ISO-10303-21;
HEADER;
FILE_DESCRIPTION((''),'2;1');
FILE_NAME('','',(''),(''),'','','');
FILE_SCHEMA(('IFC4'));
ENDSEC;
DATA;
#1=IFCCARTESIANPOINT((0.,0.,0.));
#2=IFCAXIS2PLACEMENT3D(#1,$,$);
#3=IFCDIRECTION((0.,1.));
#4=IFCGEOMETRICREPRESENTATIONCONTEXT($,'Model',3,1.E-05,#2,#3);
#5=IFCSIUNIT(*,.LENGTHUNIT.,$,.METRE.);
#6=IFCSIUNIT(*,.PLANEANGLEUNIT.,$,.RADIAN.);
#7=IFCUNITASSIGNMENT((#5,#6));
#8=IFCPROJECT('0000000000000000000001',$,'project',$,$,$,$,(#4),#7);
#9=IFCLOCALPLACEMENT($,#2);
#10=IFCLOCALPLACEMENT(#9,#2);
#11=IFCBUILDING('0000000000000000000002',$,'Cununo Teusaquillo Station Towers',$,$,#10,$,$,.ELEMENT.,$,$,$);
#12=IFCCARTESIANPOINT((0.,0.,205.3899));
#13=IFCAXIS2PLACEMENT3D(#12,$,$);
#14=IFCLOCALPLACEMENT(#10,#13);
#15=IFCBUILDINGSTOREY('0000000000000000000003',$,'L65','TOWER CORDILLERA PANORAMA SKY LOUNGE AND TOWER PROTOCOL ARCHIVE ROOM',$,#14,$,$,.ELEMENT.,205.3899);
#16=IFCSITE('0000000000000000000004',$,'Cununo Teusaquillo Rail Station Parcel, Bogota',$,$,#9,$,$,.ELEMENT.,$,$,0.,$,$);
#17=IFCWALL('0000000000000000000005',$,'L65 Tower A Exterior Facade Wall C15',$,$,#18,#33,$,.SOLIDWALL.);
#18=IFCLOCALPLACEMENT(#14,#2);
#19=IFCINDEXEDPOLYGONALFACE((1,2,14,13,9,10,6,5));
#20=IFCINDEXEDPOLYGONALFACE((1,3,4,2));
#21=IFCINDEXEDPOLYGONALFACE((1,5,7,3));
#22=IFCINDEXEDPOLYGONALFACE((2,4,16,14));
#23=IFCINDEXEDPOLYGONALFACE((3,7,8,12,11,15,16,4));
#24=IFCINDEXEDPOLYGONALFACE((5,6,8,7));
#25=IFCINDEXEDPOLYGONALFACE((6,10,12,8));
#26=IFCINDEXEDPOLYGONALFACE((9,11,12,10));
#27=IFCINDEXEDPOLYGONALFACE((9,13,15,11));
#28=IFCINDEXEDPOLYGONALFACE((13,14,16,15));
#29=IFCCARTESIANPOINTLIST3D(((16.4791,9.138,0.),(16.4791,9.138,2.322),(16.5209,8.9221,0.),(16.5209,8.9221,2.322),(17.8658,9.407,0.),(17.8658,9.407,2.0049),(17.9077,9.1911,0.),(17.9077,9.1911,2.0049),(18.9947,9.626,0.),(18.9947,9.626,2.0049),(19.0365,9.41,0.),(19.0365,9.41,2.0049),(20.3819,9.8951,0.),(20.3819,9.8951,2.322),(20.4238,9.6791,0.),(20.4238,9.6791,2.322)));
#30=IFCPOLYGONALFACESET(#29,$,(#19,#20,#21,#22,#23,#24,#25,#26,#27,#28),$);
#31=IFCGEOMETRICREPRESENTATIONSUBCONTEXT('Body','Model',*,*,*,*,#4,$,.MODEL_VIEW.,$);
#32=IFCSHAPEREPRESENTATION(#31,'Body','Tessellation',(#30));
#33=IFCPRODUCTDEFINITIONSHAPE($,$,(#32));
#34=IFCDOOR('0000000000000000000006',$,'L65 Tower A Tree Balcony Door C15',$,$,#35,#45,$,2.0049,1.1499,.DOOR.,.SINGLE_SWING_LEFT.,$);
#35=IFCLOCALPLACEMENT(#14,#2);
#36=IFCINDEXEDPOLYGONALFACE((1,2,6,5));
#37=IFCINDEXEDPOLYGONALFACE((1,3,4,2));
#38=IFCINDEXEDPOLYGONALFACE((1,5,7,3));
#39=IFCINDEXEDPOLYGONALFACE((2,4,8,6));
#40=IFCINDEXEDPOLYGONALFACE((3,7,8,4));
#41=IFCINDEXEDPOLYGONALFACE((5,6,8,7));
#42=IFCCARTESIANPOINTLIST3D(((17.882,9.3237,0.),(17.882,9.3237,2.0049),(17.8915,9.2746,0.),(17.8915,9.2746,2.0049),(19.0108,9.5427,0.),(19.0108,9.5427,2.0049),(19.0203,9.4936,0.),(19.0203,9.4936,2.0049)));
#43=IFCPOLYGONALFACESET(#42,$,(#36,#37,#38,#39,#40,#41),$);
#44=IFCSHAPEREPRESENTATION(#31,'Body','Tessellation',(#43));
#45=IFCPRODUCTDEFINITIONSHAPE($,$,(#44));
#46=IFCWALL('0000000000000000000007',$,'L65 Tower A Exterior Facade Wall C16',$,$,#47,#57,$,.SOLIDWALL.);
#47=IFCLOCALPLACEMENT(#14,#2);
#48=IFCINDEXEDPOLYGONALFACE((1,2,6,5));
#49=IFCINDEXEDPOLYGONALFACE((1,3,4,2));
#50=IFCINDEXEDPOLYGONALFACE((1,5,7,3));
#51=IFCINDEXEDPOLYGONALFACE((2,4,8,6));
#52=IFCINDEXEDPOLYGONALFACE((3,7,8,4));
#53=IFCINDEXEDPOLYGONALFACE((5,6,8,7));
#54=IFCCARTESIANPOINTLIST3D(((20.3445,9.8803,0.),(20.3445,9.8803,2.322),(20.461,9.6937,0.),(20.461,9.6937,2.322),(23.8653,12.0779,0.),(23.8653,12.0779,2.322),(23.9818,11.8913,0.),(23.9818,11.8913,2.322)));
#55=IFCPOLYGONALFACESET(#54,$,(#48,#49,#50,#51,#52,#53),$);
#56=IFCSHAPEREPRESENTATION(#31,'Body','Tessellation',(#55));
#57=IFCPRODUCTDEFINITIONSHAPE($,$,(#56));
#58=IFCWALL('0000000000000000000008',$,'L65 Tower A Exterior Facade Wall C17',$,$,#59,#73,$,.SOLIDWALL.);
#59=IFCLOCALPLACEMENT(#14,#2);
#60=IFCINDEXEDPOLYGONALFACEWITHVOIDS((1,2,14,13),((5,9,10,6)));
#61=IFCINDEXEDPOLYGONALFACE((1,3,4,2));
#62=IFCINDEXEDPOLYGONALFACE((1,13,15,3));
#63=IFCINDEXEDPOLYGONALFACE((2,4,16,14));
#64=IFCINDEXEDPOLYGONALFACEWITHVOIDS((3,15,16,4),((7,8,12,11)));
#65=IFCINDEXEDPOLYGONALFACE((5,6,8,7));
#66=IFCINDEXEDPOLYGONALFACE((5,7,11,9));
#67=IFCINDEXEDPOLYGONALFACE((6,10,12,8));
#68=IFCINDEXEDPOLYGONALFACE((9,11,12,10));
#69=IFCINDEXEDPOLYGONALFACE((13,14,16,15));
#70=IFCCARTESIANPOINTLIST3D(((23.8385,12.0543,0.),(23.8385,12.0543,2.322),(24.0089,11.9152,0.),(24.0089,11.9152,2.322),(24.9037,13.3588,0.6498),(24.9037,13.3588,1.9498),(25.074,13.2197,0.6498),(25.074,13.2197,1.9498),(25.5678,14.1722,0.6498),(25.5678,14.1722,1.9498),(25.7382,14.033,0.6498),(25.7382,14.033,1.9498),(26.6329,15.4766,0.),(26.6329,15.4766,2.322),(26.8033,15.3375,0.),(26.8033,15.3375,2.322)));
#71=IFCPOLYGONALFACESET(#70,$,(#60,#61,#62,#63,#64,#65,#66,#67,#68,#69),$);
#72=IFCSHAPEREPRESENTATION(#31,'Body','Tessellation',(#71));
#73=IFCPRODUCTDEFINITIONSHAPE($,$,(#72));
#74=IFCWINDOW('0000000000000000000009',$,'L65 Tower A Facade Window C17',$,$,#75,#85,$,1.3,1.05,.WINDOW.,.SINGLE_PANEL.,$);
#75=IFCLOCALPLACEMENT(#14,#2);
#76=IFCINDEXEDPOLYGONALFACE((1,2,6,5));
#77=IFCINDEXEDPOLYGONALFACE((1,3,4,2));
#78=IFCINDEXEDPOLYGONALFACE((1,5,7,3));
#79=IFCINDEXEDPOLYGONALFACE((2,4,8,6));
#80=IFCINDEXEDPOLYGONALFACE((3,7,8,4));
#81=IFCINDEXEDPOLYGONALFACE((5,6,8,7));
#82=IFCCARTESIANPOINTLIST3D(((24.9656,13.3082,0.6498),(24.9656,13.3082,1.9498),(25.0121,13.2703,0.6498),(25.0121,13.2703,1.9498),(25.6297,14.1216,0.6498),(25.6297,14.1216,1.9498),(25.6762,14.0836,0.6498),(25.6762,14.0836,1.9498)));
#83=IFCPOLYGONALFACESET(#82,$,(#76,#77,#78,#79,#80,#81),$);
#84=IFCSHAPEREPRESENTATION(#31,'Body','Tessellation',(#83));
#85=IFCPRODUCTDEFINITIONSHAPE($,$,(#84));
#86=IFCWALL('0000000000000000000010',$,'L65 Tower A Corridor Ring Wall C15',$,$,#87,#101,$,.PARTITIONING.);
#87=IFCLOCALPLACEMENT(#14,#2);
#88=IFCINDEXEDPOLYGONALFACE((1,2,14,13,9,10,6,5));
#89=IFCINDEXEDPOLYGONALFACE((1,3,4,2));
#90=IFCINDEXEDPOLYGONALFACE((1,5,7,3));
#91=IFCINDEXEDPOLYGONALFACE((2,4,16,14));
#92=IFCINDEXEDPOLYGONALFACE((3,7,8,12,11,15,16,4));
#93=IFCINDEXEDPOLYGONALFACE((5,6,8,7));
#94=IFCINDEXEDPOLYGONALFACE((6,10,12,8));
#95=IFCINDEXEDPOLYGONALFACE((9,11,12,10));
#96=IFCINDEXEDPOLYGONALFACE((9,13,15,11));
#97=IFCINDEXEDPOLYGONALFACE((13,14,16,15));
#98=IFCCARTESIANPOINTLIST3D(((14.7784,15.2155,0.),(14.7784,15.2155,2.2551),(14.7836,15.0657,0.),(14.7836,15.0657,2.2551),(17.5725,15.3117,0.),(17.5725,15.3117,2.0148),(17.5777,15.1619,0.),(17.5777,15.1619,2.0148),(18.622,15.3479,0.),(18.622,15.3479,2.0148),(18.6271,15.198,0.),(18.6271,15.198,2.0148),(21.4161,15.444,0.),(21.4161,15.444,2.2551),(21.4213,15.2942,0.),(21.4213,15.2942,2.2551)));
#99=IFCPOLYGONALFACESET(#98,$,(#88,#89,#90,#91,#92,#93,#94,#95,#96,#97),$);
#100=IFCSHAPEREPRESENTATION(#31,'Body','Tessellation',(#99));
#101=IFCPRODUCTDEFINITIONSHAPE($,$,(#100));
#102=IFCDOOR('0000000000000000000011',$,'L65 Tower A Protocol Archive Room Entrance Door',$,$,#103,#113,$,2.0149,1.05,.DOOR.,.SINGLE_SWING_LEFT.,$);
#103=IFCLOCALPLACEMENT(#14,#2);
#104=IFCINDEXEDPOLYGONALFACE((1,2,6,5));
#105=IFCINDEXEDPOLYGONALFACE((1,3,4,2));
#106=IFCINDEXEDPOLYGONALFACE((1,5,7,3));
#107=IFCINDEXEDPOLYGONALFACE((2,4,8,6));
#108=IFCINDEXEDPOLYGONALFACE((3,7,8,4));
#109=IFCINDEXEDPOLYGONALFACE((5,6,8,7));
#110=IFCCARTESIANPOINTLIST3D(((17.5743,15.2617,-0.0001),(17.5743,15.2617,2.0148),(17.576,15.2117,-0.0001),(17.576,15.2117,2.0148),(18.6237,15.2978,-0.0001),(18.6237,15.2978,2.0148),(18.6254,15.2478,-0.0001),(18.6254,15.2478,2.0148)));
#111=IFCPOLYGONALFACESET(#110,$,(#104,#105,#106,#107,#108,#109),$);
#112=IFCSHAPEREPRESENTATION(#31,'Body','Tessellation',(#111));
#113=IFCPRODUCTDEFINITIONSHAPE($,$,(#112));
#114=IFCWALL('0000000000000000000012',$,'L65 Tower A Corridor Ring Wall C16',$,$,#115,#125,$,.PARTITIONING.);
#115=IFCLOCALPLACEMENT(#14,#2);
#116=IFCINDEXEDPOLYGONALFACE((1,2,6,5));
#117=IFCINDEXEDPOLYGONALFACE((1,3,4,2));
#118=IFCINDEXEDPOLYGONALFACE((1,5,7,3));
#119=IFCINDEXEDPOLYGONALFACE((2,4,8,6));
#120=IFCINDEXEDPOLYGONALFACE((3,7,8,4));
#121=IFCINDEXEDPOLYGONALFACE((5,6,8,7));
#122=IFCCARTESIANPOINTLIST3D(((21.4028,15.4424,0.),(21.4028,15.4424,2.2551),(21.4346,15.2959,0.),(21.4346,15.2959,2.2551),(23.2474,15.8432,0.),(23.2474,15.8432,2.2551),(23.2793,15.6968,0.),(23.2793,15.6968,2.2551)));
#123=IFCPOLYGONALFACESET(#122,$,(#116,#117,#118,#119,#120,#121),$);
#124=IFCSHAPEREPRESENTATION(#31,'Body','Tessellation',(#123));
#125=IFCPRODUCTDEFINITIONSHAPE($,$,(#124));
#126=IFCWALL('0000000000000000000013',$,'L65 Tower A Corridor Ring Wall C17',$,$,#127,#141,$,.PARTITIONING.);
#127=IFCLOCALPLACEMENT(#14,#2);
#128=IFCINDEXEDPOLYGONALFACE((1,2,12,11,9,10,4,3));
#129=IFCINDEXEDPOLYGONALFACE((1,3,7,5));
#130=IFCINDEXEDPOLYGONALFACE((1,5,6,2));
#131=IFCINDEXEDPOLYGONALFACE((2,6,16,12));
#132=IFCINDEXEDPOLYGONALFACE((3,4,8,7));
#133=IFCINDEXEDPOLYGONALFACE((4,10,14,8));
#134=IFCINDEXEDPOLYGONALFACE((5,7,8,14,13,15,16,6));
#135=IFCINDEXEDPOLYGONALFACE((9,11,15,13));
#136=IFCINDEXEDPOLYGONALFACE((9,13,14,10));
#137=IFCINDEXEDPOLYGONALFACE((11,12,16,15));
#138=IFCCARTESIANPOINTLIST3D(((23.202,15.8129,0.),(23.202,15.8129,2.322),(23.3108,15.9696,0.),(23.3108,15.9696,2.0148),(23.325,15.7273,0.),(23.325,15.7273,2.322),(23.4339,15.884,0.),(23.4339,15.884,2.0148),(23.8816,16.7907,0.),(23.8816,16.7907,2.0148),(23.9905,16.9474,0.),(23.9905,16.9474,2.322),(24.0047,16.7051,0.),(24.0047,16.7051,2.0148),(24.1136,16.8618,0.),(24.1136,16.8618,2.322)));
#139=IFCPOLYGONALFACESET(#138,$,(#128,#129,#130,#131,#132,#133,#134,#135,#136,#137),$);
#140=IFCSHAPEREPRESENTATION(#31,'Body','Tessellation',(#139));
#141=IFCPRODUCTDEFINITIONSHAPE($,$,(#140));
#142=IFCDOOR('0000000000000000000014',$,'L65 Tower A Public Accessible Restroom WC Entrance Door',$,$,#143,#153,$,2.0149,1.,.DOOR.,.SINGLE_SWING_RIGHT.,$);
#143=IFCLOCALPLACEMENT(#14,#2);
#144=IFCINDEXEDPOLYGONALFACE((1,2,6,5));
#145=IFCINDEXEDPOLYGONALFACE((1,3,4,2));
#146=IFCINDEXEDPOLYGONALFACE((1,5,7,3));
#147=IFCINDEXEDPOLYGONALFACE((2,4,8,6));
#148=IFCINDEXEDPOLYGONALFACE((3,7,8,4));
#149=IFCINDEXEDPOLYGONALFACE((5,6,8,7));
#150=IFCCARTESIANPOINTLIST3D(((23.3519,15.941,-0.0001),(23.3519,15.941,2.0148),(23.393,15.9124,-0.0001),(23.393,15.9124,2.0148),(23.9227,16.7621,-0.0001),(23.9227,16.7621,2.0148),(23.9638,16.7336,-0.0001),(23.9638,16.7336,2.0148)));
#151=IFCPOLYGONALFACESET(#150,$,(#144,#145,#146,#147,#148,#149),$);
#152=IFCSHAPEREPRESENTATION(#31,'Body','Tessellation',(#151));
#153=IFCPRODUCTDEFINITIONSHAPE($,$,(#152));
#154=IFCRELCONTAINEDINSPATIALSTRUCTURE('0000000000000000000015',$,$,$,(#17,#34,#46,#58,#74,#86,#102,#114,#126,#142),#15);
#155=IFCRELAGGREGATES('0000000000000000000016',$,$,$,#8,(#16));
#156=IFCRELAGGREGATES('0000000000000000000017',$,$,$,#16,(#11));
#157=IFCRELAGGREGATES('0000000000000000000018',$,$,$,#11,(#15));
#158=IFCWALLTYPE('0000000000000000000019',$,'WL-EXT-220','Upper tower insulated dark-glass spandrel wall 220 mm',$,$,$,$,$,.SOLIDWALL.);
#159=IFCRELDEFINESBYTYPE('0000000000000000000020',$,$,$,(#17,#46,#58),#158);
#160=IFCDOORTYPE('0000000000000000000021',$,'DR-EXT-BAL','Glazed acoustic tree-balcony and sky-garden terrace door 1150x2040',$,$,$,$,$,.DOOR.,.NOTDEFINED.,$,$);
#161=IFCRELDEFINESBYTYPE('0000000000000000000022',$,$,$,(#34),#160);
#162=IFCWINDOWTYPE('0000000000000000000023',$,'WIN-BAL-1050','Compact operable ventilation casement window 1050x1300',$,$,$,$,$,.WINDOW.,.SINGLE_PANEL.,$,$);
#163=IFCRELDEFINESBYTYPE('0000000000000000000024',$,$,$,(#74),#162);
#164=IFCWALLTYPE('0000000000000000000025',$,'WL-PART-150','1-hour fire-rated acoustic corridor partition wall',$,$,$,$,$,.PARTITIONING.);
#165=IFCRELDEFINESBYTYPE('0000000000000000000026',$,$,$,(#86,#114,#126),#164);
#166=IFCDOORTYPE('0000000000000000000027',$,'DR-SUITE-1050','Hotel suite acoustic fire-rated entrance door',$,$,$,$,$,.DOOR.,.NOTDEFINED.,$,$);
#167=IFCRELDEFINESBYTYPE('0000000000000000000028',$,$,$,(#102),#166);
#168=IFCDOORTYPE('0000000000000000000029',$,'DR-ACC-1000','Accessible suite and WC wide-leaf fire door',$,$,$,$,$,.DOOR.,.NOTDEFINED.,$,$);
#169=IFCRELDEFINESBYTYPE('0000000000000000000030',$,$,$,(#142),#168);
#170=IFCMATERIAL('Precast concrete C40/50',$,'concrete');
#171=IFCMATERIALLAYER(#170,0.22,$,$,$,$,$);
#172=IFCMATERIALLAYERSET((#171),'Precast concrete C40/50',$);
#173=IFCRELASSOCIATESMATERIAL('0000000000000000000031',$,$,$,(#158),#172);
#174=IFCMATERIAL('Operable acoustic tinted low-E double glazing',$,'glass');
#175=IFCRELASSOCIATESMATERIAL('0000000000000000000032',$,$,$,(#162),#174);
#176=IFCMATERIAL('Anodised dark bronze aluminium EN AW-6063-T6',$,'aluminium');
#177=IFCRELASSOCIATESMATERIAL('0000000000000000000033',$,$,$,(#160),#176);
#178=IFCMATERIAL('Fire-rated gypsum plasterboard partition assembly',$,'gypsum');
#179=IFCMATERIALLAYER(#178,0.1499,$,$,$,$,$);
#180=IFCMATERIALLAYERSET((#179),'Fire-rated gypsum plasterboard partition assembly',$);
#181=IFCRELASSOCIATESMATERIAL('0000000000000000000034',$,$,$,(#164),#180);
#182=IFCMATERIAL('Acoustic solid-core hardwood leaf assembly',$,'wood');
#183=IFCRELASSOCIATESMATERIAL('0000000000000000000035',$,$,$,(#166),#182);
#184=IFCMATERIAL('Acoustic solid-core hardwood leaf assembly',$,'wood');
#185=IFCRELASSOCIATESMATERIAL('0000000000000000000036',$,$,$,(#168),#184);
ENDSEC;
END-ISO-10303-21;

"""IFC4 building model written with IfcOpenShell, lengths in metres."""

from ifc_helpers import new_model, si_unit, direction, frame, frame_2d, origin, place, context, subcontext, project, spatial, rectangle, extrude, source, transform, mapped, material, layer, layer_set, type_object, element, fill, save


model = new_model("IFC4")

# Units and contexts
model_context = context("Model", 3, precision=1e-05, world=origin(), true_north=direction((0.0, 1.0)))
body_context = subcontext(model_context, "Body", "Model", "MODEL_VIEW")
ifc_project = project(units=[si_unit("LENGTHUNIT", "METRE"), si_unit("PLANEANGLEUNIT", "RADIAN")], contexts=[model_context])

# Site, building, storey
site_placement = place(None, origin())
site = spatial("IfcSite", under=ifc_project, at=site_placement, Name="Cununo Teusaquillo Rail Station Parcel, Bogota", CompositionType="ELEMENT", RefElevation=0.0)
building_placement = place(site_placement, origin())
building = spatial("IfcBuilding", under=site, at=building_placement, Name="Cununo Teusaquillo Station Towers", CompositionType="ELEMENT")
storey_placement = place(building_placement, frame((0.0, 0.0, 205.3899)))
storey = spatial("IfcBuildingStorey", under=building, at=storey_placement, Name="L65", Description="TOWER CORDILLERA PANORAMA SKY LOUNGE AND TOWER PROTOCOL ARCHIVE ROOM", CompositionType="ELEMENT", Elevation=205.3899)

# Shared definitions
ifc_material_1 = material(Name="Precast concrete C40/50", Category="concrete")
ifc_layer_1 = layer(ifc_material_1, 0.22)
ifc_layer_set_1 = layer_set([ifc_layer_1], Name="Precast concrete C40/50")
wall_type_1 = type_object("IfcWallType", Name="WL-EXT-220", Description="Upper tower insulated dark-glass spandrel wall 220 mm", PredefinedType="SOLIDWALL", material=ifc_layer_set_1)
shared_shape_1 = source(origin(), body_context, "Body", "SweptSolid", [
    extrude(rectangle(XDim=1.05, YDim=1.3, at=frame_2d((0.5249, 0.6499))), frame((0.0, 0.1199, 0.0), z_axis=(0.0, -1.0, 0.0), x_axis=(1.0, 0.0, 0.0)), (0.0, 0.0, 1.0), 0.24),
])
ifc_material_2 = material(Name="Operable acoustic tinted low-E double glazing", Category="glass")
window_type = type_object("IfcWindowType", Name="WIN-BAL-1050", Description="Compact operable ventilation casement window 1050x1300", PartitioningType="SINGLE_PANEL", PredefinedType="WINDOW", material=ifc_material_2)
shared_shape_2 = source(origin(), body_context, "Body", "SweptSolid", [
    extrude(rectangle(XDim=1.05, YDim=1.3, at=frame_2d((0.5249, 0.6499))), frame((0.0, 0.03, 0.0), z_axis=(0.0, -1.0, 0.0), x_axis=(1.0, 0.0, 0.0)), (0.0, 0.0, 1.0), 0.0601),
])

# Wall, opening, door
wall_1_placement = place(storey_placement, frame((20.4028, 9.7871, 0.0), z_axis=(0.0, 0.0, 1.0), x_axis=(-0.9817, -0.190432, 0.0)))
wall_1 = element("IfcWall", 1, at=wall_1_placement, inside=storey, type_object=wall_type_1, Name="L65 Tower A Exterior Facade Wall C15", PredefinedType="SOLIDWALL", context=body_context, shape_type="SweptSolid", body=[
    extrude(rectangle(XDim=3.9756, YDim=0.22, at=frame_2d((1.9878, 0.0))), origin(), (0.0, 0.0, 1.0), 2.322),
])
shared_shape_3 = source(origin(), body_context, "Body", "SweptSolid", [
    extrude(rectangle(XDim=1.1499, YDim=2.0049, at=frame_2d((0.575, 1.0024))), frame((0.0, 0.1199, 0.0), z_axis=(0.0, -1.0, 0.0), x_axis=(1.0, 0.0, 0.0)), (0.0, 0.0, 1.0), 0.24),
])
opening_1_placement = place(wall_1_placement, frame((1.4131, 0.0, 0.0)))
opening_1 = element("IfcOpeningElement", 2, at=opening_1_placement, cuts=wall_1, PredefinedType="OPENING", context=body_context, shape_type="MappedRepresentation", body=[
    mapped(shared_shape_3, transform((0.0, 0.0, 0.0), x_axis=(1.0, 0.0, 0.0), y_axis=(0.0, 1.0, 0.0), z_axis=(0.0, 0.0, 1.0), scale=1.0)),
])
ifc_material_3 = material(Name="Anodised dark bronze aluminium EN AW-6063-T6", Category="aluminium")
door_type_1 = type_object("IfcDoorType", Name="DR-EXT-BAL", Description="Glazed acoustic tree-balcony and sky-garden terrace door 1150x2040", OperationType="NOTDEFINED", PredefinedType="DOOR", material=ifc_material_3)
shared_shape_4 = source(origin(), body_context, "Body", "SweptSolid", [
    extrude(rectangle(XDim=1.1499, YDim=2.0049, at=frame_2d((0.575, 1.0024))), frame((0.0, 0.0249, 0.0), z_axis=(0.0, -1.0, 0.0), x_axis=(1.0, 0.0, 0.0)), (0.0, 0.0, 1.0), 0.05),
])
door_1_placement = place(opening_1_placement, origin())
door_1 = element("IfcDoor", 3, at=door_1_placement, inside=storey, type_object=door_type_1, Name="L65 Tower A Tree Balcony Door C15", OperationType="SINGLE_SWING_LEFT", OverallHeight=2.0049, OverallWidth=1.1499, PredefinedType="DOOR", context=body_context, shape_type="MappedRepresentation", body=[
    mapped(shared_shape_4, transform((0.0, 0.0, 0.0), x_axis=(1.0, 0.0, 0.0), y_axis=(0.0, 1.0, 0.0), z_axis=(0.0, 0.0, 1.0), scale=1.0)),
])
fill(opening_1, door_1)

# Wall
wall_2_placement = place(storey_placement, frame((23.9236, 11.9846, 0.0), z_axis=(0.0, 0.0, 1.0), x_axis=(-0.848319, -0.529486, 0.0)))
element("IfcWall", 4, at=wall_2_placement, inside=storey, type_object=wall_type_1, Name="L65 Tower A Exterior Facade Wall C16", PredefinedType="SOLIDWALL", context=body_context, shape_type="SweptSolid", body=[
    extrude(rectangle(XDim=4.1504, YDim=0.22, at=frame_2d((2.0752, 0.0))), origin(), (0.0, 0.0, 1.0), 2.322),
])

# Wall, opening, window
wall_3_placement = place(storey_placement, frame((26.718, 15.407, 0.0), z_axis=(0.0, 0.0, 1.0), x_axis=(-0.632467, -0.774587, 0.0)))
wall_3 = element("IfcWall", 5, at=wall_3_placement, inside=storey, type_object=wall_type_1, Name="L65 Tower A Exterior Facade Wall C17", PredefinedType="SOLIDWALL", context=body_context, shape_type="SweptSolid", body=[
    extrude(rectangle(XDim=4.4182, YDim=0.22, at=frame_2d((2.209, 0.0))), origin(), (0.0, 0.0, 1.0), 2.322),
])
opening_2_placement = place(wall_3_placement, frame((1.6841, 0.0, 0.6499)))
opening_2 = element("IfcOpeningElement", 6, at=opening_2_placement, cuts=wall_3, PredefinedType="OPENING", context=body_context, shape_type="MappedRepresentation", body=[
    mapped(shared_shape_1, transform((0.0, 0.0, 0.0), x_axis=(1.0, 0.0, 0.0), y_axis=(0.0, 1.0, 0.0), z_axis=(0.0, 0.0, 1.0), scale=1.0)),
])
window_1_placement = place(opening_2_placement, origin())
window_1 = element("IfcWindow", 7, at=window_1_placement, inside=storey, type_object=window_type, Name="L65 Tower A Facade Window C17", OverallHeight=1.3, OverallWidth=1.05, PartitioningType="SINGLE_PANEL", PredefinedType="WINDOW", context=body_context, shape_type="MappedRepresentation", body=[
    mapped(shared_shape_2, transform((0.0, 0.0, 0.0), x_axis=(1.0, 0.0, 0.0), y_axis=(0.0, 1.0, 0.0), z_axis=(0.0, 0.0, 1.0), scale=1.0)),
])
fill(opening_2, window_1)

# Wall, opening, door
ifc_material_4 = material(Name="Fire-rated gypsum plasterboard partition assembly", Category="gypsum")
ifc_layer_2 = layer(ifc_material_4, 0.1499)
ifc_layer_set_2 = layer_set([ifc_layer_2], Name="Fire-rated gypsum plasterboard partition assembly")
wall_type_2 = type_object("IfcWallType", Name="WL-PART-150", Description="1-hour fire-rated acoustic corridor partition wall", PredefinedType="PARTITIONING", material=ifc_layer_set_2)
wall_4_placement = place(storey_placement, frame((14.781, 15.1406, 0.0), z_axis=(0.0, 0.0, 1.0), x_axis=(0.999408, 0.034407, 0.0)))
wall_4 = element("IfcWall", 8, at=wall_4_placement, inside=storey, type_object=wall_type_2, Name="L65 Tower A Corridor Ring Wall C15", PredefinedType="PARTITIONING", context=body_context, shape_type="SweptSolid", body=[
    extrude(rectangle(XDim=6.6416, YDim=0.1499, at=frame_2d((3.3208, 0.0))), origin(), (0.0, 0.0, 1.0), 2.2551),
])
shared_shape_5 = source(origin(), body_context, "Body", "SweptSolid", [
    extrude(rectangle(XDim=1.05, YDim=2.0149, at=frame_2d((0.5249, 1.0073))), frame((0.0, 0.085, 0.0), z_axis=(0.0, -1.0, 0.0), x_axis=(1.0, 0.0, 0.0)), (0.0, 0.0, 1.0), 0.1699),
])
opening_3_placement = place(wall_4_placement, frame((2.7959, 0.0, 0.0)))
opening_3 = element("IfcOpeningElement", 9, at=opening_3_placement, cuts=wall_4, PredefinedType="OPENING", context=body_context, shape_type="MappedRepresentation", body=[
    mapped(shared_shape_5, transform((0.0, 0.0, 0.0), x_axis=(1.0, 0.0, 0.0), y_axis=(0.0, 1.0, 0.0), z_axis=(0.0, 0.0, 1.0), scale=1.0)),
])
ifc_material_5 = material(Name="Acoustic solid-core hardwood leaf assembly", Category="wood")
door_type_2 = type_object("IfcDoorType", Name="DR-SUITE-1050", Description="Hotel suite acoustic fire-rated entrance door", OperationType="NOTDEFINED", PredefinedType="DOOR", material=ifc_material_5)
shared_shape_6 = source(origin(), body_context, "Body", "SweptSolid", [
    extrude(rectangle(XDim=1.05, YDim=2.0149, at=frame_2d((0.5249, 1.0073))), frame((0.0, 0.0249, 0.0), z_axis=(0.0, -1.0, 0.0), x_axis=(1.0, 0.0, 0.0)), (0.0, 0.0, 1.0), 0.05),
])
door_2_placement = place(opening_3_placement, origin())
door_2 = element("IfcDoor", 10, at=door_2_placement, inside=storey, type_object=door_type_2, Name="L65 Tower A Protocol Archive Room Entrance Door", OperationType="SINGLE_SWING_LEFT", OverallHeight=2.0149, OverallWidth=1.05, PredefinedType="DOOR", context=body_context, shape_type="MappedRepresentation", body=[
    mapped(shared_shape_6, transform((0.0, 0.0, 0.0), x_axis=(1.0, 0.0, 0.0), y_axis=(0.0, 1.0, 0.0), z_axis=(0.0, 0.0, 1.0), scale=1.0)),
])
fill(opening_3, door_2)

# Wall
wall_5_placement = place(storey_placement, frame((21.4187, 15.3691, 0.0), z_axis=(0.0, 0.0, 1.0), x_axis=(0.977193, 0.212354, 0.0)))
element("IfcWall", 11, at=wall_5_placement, inside=storey, type_object=wall_type_2, Name="L65 Tower A Corridor Ring Wall C16", PredefinedType="PARTITIONING", context=body_context, shape_type="SweptSolid", body=[
    extrude(rectangle(XDim=1.8877, YDim=0.1499, at=frame_2d((0.9438, 0.0))), origin(), (0.0, 0.0, 1.0), 2.2551),
])

# Wall, opening, door
wall_6_placement = place(storey_placement, frame((23.2634, 15.77, 0.0), z_axis=(0.0, 0.0, 1.0), x_axis=(0.570743, 0.821128, 0.0)))
wall_6 = element("IfcWall", 12, at=wall_6_placement, inside=storey, type_object=wall_type_2, Name="L65 Tower A Corridor Ring Wall C17", PredefinedType="PARTITIONING", context=body_context, shape_type="SweptSolid", body=[
    extrude(rectangle(XDim=1.3816, YDim=0.1499, at=frame_2d((0.6909, 0.0))), origin(), (0.0, 0.0, 1.0), 2.322),
])
shared_shape_7 = source(origin(), body_context, "Body", "SweptSolid", [
    extrude(rectangle(XDim=1.0, YDim=2.0149, at=frame_2d((0.5, 1.0073))), frame((0.0, 0.085, 0.0), z_axis=(0.0, -1.0, 0.0), x_axis=(1.0, 0.0, 0.0)), (0.0, 0.0, 1.0), 0.1699),
])
opening_4_placement = place(wall_6_placement, frame((0.1909, 0.0, 0.0)))
opening_4 = element("IfcOpeningElement", 13, at=opening_4_placement, cuts=wall_6, PredefinedType="OPENING", context=body_context, shape_type="MappedRepresentation", body=[
    mapped(shared_shape_7, transform((0.0, 0.0, 0.0), x_axis=(1.0, 0.0, 0.0), y_axis=(0.0, 1.0, 0.0), z_axis=(0.0, 0.0, 1.0), scale=1.0)),
])
ifc_material_6 = material(Name="Acoustic solid-core hardwood leaf assembly", Category="wood")
door_type_3 = type_object("IfcDoorType", Name="DR-ACC-1000", Description="Accessible suite and WC wide-leaf fire door", OperationType="NOTDEFINED", PredefinedType="DOOR", material=ifc_material_6)
shared_shape_8 = source(origin(), body_context, "Body", "SweptSolid", [
    extrude(rectangle(XDim=1.0, YDim=2.0149, at=frame_2d((0.5, 1.0073))), frame((0.0, 0.0249, 0.0), z_axis=(0.0, -1.0, 0.0), x_axis=(1.0, 0.0, 0.0)), (0.0, 0.0, 1.0), 0.05),
])
door_3_placement = place(opening_4_placement, origin())
door_3 = element("IfcDoor", 14, at=door_3_placement, inside=storey, type_object=door_type_3, Name="L65 Tower A Public Accessible Restroom WC Entrance Door", OperationType="SINGLE_SWING_RIGHT", OverallHeight=2.0149, OverallWidth=1.0, PredefinedType="DOOR", context=body_context, shape_type="MappedRepresentation", body=[
    mapped(shared_shape_8, transform((0.0, 0.0, 0.0), x_axis=(1.0, 0.0, 0.0), y_axis=(0.0, 1.0, 0.0), z_axis=(0.0, 0.0, 1.0), scale=1.0)),
])
fill(opening_4, door_3)

save(model, "model.ifc")
